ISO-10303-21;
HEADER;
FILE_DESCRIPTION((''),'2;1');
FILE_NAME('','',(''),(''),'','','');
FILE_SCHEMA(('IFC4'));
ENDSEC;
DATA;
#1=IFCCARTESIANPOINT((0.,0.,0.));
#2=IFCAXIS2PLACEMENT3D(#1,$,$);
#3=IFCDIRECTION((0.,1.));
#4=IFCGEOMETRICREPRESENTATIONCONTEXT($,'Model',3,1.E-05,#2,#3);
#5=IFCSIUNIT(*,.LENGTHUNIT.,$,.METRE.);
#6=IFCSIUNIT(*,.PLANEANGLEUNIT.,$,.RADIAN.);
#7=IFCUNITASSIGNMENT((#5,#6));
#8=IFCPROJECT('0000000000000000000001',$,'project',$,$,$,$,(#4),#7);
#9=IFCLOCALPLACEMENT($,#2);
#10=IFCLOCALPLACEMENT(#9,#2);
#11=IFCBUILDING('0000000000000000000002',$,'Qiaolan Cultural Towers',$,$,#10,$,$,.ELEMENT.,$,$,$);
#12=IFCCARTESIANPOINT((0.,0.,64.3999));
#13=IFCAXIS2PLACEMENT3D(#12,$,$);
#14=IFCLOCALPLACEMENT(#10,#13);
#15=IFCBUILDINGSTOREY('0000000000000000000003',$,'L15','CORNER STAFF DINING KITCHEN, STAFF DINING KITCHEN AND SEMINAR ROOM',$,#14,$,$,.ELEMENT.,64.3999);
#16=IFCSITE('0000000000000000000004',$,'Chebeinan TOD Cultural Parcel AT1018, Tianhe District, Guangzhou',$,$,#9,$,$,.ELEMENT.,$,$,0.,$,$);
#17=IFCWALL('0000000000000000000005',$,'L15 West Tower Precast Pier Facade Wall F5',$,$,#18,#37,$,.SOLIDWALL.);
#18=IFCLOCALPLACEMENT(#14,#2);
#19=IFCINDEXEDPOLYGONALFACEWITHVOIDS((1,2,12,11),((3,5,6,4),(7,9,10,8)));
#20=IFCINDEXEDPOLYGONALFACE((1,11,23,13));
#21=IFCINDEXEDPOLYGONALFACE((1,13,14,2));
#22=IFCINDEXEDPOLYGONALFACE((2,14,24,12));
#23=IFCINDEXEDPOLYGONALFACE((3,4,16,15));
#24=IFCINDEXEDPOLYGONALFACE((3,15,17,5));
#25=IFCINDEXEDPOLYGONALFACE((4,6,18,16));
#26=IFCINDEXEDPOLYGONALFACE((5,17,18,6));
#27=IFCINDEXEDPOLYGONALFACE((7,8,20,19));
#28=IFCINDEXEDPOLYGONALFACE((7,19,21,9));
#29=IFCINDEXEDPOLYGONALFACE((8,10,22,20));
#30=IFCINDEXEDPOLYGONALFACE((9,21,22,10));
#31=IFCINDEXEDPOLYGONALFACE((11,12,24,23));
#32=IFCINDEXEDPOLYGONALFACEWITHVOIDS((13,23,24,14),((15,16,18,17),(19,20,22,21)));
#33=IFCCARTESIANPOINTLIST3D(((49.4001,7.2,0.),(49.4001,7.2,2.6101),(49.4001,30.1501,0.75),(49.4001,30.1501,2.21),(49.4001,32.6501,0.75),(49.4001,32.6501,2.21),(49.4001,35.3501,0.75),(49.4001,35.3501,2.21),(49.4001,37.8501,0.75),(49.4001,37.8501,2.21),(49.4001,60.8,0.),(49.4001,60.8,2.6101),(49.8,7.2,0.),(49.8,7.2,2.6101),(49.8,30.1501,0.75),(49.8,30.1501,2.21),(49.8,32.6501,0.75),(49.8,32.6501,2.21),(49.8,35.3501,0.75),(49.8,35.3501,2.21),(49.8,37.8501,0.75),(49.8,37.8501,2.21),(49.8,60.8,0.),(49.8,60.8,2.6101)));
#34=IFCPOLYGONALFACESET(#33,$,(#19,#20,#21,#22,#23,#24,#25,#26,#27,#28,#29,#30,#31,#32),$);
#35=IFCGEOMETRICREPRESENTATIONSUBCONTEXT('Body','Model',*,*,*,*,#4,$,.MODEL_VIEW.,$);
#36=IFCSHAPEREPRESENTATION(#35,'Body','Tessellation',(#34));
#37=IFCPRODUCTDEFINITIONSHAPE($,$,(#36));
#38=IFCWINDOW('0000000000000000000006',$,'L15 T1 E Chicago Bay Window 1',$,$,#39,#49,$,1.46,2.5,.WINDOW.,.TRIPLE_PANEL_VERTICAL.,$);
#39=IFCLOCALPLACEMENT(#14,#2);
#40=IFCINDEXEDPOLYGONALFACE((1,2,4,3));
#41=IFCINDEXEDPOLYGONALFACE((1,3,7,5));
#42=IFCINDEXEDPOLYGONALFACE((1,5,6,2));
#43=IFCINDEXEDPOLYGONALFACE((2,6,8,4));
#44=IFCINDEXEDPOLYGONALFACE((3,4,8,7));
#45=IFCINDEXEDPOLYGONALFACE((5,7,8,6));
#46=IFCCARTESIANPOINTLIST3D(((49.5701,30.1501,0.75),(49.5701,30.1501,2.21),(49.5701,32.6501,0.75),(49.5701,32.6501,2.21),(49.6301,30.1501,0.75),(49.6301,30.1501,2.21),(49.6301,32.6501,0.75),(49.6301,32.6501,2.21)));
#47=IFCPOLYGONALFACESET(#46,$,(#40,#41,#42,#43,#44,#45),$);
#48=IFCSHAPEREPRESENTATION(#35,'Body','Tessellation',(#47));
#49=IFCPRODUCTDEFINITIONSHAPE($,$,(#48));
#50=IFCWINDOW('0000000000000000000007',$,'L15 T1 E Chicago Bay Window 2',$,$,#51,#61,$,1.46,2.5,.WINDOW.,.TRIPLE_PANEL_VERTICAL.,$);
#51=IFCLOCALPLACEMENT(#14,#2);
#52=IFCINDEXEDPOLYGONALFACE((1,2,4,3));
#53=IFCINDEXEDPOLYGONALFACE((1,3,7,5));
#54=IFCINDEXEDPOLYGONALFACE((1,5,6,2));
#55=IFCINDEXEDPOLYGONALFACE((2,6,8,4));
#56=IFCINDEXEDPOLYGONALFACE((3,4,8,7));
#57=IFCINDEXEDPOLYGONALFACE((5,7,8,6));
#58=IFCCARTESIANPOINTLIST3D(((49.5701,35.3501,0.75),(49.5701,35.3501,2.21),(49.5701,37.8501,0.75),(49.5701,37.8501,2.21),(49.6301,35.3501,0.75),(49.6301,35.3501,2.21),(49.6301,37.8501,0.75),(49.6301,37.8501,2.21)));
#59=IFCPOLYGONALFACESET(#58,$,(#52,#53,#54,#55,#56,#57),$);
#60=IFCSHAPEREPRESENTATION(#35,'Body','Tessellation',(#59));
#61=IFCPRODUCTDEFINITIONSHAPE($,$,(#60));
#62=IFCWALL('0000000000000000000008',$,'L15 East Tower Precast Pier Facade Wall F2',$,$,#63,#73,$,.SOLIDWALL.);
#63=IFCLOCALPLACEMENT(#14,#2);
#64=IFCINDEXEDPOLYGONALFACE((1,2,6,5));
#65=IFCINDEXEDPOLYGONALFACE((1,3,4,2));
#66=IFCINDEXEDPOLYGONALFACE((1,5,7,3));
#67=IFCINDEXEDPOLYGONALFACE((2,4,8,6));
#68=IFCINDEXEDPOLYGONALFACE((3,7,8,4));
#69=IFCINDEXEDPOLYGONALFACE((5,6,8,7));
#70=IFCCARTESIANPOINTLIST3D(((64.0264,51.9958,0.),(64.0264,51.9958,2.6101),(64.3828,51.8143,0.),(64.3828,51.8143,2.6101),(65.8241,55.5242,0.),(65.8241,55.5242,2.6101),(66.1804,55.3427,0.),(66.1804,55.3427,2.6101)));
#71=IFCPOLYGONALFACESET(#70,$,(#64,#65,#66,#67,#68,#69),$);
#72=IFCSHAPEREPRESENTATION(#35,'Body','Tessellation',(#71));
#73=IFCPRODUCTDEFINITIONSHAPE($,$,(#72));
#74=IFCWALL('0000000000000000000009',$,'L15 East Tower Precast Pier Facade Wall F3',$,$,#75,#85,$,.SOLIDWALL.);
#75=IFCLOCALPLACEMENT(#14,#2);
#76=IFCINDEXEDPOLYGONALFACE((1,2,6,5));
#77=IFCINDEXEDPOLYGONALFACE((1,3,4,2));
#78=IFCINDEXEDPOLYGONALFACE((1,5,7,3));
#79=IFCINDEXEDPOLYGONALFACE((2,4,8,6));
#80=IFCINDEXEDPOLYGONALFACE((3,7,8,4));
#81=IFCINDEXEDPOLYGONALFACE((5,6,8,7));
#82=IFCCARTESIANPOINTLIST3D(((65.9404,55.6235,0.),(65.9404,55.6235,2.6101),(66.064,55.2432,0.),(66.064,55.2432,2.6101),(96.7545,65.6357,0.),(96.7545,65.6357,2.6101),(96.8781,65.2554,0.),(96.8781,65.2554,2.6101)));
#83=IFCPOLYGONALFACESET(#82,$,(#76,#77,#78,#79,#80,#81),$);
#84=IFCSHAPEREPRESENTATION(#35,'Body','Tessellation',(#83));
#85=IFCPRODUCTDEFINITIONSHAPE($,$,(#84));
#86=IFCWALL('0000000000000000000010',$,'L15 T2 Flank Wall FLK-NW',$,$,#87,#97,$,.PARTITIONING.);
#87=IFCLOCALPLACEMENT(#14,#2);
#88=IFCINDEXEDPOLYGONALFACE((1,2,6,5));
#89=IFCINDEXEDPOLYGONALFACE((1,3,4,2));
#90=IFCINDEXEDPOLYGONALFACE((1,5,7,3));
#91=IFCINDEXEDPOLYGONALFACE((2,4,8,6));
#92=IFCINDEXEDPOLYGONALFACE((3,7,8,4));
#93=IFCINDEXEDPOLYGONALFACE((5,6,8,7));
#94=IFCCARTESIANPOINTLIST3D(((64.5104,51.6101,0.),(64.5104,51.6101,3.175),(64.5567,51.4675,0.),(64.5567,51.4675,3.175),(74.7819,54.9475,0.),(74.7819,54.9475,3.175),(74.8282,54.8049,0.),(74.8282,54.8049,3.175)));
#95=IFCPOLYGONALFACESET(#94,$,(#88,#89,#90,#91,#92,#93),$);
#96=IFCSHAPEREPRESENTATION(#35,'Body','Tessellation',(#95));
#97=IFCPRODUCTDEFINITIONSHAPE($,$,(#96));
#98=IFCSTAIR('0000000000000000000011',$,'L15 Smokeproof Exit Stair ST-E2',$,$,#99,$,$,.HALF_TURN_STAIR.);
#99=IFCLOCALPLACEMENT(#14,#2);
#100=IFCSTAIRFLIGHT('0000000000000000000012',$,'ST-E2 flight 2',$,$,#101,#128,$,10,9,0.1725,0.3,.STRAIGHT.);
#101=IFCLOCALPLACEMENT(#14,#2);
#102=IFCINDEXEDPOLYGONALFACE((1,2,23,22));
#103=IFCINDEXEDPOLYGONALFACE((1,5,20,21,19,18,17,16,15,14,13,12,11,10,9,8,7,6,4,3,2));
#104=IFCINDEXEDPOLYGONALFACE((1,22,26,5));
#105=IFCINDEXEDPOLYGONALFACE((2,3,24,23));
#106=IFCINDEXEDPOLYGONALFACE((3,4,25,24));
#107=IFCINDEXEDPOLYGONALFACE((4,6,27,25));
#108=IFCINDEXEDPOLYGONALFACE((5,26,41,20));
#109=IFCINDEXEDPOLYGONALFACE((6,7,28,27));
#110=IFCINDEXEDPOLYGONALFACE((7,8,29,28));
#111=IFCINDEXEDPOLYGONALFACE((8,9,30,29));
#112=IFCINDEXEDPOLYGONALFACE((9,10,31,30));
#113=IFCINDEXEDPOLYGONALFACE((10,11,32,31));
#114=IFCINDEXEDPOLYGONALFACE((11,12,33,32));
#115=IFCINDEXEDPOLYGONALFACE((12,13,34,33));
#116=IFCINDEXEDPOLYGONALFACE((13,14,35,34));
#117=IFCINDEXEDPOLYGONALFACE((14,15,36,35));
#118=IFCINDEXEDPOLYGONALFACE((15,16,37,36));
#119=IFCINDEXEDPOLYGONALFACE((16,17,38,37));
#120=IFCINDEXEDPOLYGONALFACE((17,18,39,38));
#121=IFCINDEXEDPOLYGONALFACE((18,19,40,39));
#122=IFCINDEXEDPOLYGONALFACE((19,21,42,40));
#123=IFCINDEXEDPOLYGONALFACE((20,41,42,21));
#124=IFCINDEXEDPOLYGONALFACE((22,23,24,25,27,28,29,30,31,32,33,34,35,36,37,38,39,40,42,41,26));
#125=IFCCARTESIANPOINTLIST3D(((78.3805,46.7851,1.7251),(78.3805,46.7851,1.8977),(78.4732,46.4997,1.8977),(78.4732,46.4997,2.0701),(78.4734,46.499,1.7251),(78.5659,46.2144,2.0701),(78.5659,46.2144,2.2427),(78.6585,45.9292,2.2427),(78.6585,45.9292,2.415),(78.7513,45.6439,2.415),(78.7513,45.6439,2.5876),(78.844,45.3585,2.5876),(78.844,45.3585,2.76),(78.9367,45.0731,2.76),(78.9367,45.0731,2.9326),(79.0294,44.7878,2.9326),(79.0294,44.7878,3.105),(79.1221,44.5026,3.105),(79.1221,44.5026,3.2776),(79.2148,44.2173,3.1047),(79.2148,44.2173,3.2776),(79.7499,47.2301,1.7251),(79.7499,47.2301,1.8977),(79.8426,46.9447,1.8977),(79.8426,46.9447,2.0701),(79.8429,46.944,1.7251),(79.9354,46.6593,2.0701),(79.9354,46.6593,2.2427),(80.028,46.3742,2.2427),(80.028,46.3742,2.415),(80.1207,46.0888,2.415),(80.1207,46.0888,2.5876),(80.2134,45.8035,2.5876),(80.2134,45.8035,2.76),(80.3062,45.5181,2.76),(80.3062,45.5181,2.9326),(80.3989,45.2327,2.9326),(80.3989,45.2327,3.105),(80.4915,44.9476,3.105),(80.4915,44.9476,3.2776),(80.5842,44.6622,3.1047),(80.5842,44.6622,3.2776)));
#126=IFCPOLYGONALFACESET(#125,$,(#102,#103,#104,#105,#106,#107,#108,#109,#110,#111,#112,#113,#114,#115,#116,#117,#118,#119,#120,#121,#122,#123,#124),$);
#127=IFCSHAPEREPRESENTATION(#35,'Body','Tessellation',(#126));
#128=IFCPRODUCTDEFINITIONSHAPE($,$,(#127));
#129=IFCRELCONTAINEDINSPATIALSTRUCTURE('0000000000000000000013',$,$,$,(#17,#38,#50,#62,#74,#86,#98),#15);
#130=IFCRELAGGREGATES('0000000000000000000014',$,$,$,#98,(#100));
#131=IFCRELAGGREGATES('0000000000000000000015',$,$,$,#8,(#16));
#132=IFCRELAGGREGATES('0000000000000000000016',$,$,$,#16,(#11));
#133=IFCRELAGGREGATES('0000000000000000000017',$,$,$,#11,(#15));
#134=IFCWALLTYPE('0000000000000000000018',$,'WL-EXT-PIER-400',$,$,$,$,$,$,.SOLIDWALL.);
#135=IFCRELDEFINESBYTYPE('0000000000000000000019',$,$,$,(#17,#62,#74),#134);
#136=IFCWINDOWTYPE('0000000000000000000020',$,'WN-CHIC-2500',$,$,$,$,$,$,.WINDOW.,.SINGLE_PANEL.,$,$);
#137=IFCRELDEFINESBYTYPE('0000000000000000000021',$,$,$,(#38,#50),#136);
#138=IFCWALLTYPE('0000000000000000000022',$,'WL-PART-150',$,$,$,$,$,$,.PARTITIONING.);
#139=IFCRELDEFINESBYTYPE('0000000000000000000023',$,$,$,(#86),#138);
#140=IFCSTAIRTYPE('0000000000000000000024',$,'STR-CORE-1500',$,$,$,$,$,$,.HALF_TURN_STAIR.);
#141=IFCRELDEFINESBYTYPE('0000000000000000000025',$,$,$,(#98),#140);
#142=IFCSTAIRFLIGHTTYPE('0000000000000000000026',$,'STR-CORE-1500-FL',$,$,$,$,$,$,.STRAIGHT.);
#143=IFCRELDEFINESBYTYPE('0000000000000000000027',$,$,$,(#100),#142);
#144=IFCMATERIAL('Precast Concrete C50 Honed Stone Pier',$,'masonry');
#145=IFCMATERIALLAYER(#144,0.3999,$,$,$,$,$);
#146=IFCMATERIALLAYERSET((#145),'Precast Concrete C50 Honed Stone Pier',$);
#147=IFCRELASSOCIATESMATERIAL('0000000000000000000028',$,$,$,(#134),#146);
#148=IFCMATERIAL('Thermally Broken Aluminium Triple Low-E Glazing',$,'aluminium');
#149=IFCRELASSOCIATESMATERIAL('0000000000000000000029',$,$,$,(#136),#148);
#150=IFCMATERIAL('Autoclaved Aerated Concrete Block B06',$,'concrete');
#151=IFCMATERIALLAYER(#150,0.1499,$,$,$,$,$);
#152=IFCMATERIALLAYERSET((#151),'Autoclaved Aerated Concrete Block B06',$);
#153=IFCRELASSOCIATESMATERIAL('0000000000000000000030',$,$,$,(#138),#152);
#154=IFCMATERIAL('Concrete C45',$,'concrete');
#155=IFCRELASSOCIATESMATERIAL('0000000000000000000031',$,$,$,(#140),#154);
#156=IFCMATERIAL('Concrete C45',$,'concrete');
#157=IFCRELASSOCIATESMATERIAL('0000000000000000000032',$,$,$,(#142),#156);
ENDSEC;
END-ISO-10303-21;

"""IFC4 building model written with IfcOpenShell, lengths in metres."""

from ifc_helpers import new_model, si_unit, direction, frame, frame_2d, origin, place, context, subcontext, project, spatial, polyline, rectangle, outline, extrude, material, layer, layer_set, type_object, element, fill, aggregate, save


model = new_model("IFC4")

# Units and contexts
model_context = context("Model", 3, precision=1e-05, world=origin(), true_north=direction((0.0, 1.0)))
body_context = subcontext(model_context, "Body", "Model", "MODEL_VIEW")
ifc_project = project(units=[si_unit("LENGTHUNIT", "METRE"), si_unit("PLANEANGLEUNIT", "RADIAN")], contexts=[model_context])

# Site, building, storey
site_placement = place(None, origin())
site = spatial("IfcSite", under=ifc_project, at=site_placement, Name="Chebeinan TOD Cultural Parcel AT1018, Tianhe District, Guangzhou", CompositionType="ELEMENT", RefElevation=0.0)
building_placement = place(site_placement, origin())
building = spatial("IfcBuilding", under=site, at=building_placement, Name="Qiaolan Cultural Towers", CompositionType="ELEMENT")
storey_placement = place(building_placement, frame((0.0, 0.0, 64.3999)))
storey = spatial("IfcBuildingStorey", under=building, at=storey_placement, Name="L15", Description="CORNER STAFF DINING KITCHEN, STAFF DINING KITCHEN AND SEMINAR ROOM", CompositionType="ELEMENT", Elevation=64.3999)

# Wall, openings, windows
ifc_material_1 = material(Name="Precast Concrete C50 Honed Stone Pier", Category="masonry")
ifc_layer_1 = layer(ifc_material_1, 0.3999)
ifc_layer_set_1 = layer_set([ifc_layer_1], Name="Precast Concrete C50 Honed Stone Pier")
wall_type_1 = type_object("IfcWallType", Name="WL-EXT-PIER-400", PredefinedType="SOLIDWALL", material=ifc_layer_set_1)
wall_1_placement = place(storey_placement, frame((49.6001, 60.8, 0.0), z_axis=(0.0, 0.0, 1.0), x_axis=(0.0, -1.0, 0.0)))
wall_1 = element("IfcWall", 1, at=wall_1_placement, inside=storey, type_object=wall_type_1, Name="L15 West Tower Precast Pier Facade Wall F5", PredefinedType="SOLIDWALL", context=body_context, shape_type="SweptSolid", body=[
    extrude(rectangle(XDim=53.6001, YDim=0.3999, at=frame_2d((26.8, 0.0))), origin(), (0.0, 0.0, 1.0), 2.6101),
])
opening_1_placement = place(wall_1_placement, frame((28.1499, 0.0, 0.75)))
opening_1 = element("IfcOpeningElement", 2, at=opening_1_placement, cuts=wall_1, PredefinedType="OPENING", context=body_context, shape_type="SweptSolid", body=[
    extrude(rectangle(XDim=2.5, YDim=1.46, at=frame_2d((1.25, 0.73))), frame((0.0, 0.21, 0.0), z_axis=(0.0, -1.0, 0.0), x_axis=(1.0, 0.0, 0.0)), (0.0, 0.0, 1.0), 0.4199),
])
opening_2_placement = place(wall_1_placement, frame((22.95, 0.0, 0.75)))
opening_2 = element("IfcOpeningElement", 3, at=opening_2_placement, cuts=wall_1, PredefinedType="OPENING", context=body_context, shape_type="SweptSolid", body=[
    extrude(rectangle(XDim=2.5, YDim=1.46, at=frame_2d((1.25, 0.73))), frame((0.0, 0.21, 0.0), z_axis=(0.0, -1.0, 0.0), x_axis=(1.0, 0.0, 0.0)), (0.0, 0.0, 1.0), 0.4199),
])
ifc_material_2 = material(Name="Thermally Broken Aluminium Triple Low-E Glazing", Category="aluminium")
window_type = type_object("IfcWindowType", Name="WN-CHIC-2500", PartitioningType="SINGLE_PANEL", PredefinedType="WINDOW", material=ifc_material_2)
window_1_placement = place(opening_1_placement, origin())
window_1 = element("IfcWindow", 4, at=window_1_placement, inside=storey, type_object=window_type, Name="L15 T1 E Chicago Bay Window 1", OverallHeight=1.46, OverallWidth=2.5, PartitioningType="TRIPLE_PANEL_VERTICAL", PredefinedType="WINDOW", context=body_context, shape_type="SweptSolid", body=[
    extrude(rectangle(XDim=2.5, YDim=1.46, at=frame_2d((1.25, 0.73))), frame((0.0, 0.03, 0.0), z_axis=(0.0, -1.0, 0.0), x_axis=(1.0, 0.0, 0.0)), (0.0, 0.0, 1.0), 0.0601),
])
fill(opening_1, window_1)
window_2_placement = place(opening_2_placement, origin())
window_2 = element("IfcWindow", 5, at=window_2_placement, inside=storey, type_object=window_type, Name="L15 T1 E Chicago Bay Window 2", OverallHeight=1.46, OverallWidth=2.5, PartitioningType="TRIPLE_PANEL_VERTICAL", PredefinedType="WINDOW", context=body_context, shape_type="SweptSolid", body=[
    extrude(rectangle(XDim=2.5, YDim=1.46, at=frame_2d((1.25, 0.73))), frame((0.0, 0.03, 0.0), z_axis=(0.0, -1.0, 0.0), x_axis=(1.0, 0.0, 0.0)), (0.0, 0.0, 1.0), 0.0601),
])
fill(opening_2, window_2)

# Walls
wall_2_placement = place(storey_placement, frame((64.2046, 51.905, 0.0), z_axis=(0.0, 0.0, 1.0), x_axis=(0.453958, 0.891023, 0.0)))
element("IfcWall", 6, at=wall_2_placement, inside=storey, type_object=wall_type_1, Name="L15 East Tower Precast Pier Facade Wall F2", PredefinedType="SOLIDWALL", context=body_context, shape_type="SweptSolid", body=[
    extrude(rectangle(XDim=3.96, YDim=0.3999, at=frame_2d((1.98, 0.0))), origin(), (0.0, 0.0, 1.0), 2.6101),
])
wall_3_placement = place(storey_placement, frame((66.0022, 55.4333, 0.0), z_axis=(0.0, 0.0, 1.0), x_axis=(0.951056, 0.309019, 0.0)))
element("IfcWall", 7, at=wall_3_placement, inside=storey, type_object=wall_type_1, Name="L15 East Tower Precast Pier Facade Wall F3", PredefinedType="SOLIDWALL", context=body_context, shape_type="SweptSolid", body=[
    extrude(rectangle(XDim=32.3999, YDim=0.3999, at=frame_2d((16.2, 0.0))), origin(), (0.0, 0.0, 1.0), 2.6101),
])
ifc_material_3 = material(Name="Autoclaved Aerated Concrete Block B06", Category="concrete")
ifc_layer_2 = layer(ifc_material_3, 0.1499)
ifc_layer_set_2 = layer_set([ifc_layer_2], Name="Autoclaved Aerated Concrete Block B06")
wall_type_2 = type_object("IfcWallType", Name="WL-PART-150", PredefinedType="PARTITIONING", material=ifc_layer_set_2)
wall_4_placement = place(storey_placement, frame((64.5337, 51.5388, 0.0), z_axis=(0.0, 0.0, 1.0), x_axis=(0.951057, 0.309017, 0.0)))
element("IfcWall", 8, at=wall_4_placement, inside=storey, type_object=wall_type_2, Name="L15 T2 Flank Wall FLK-NW", PredefinedType="PARTITIONING", context=body_context, shape_type="SweptSolid", body=[
    extrude(rectangle(XDim=10.8, YDim=0.1499, at=frame_2d((5.3999, 0.0))), origin(), (0.0, 0.0, 1.0), 3.175),
])

# Stair, stair flight
ifc_material_4 = material(Name="Concrete C45", Category="concrete")
stair_type = type_object("IfcStairType", Name="STR-CORE-1500", PredefinedType="HALF_TURN_STAIR", material=ifc_material_4)
stair_placement = place(storey_placement, origin())
stair = element("IfcStair", 9, at=stair_placement, inside=storey, type_object=stair_type, Name="L15 Smokeproof Exit Stair ST-E2", PredefinedType="HALF_TURN_STAIR")
ifc_material_5 = material(Name="Concrete C45", Category="concrete")
stair_flight_type = type_object("IfcStairFlightType", Name="STR-CORE-1500-FL", PredefinedType="STRAIGHT", material=ifc_material_5)
stair_flight_placement = place(storey_placement, frame((79.0652, 47.0076, 1.7251), z_axis=(0.0, 0.0, 1.0), x_axis=(0.309017, -0.951057, 0.0)))
stair_flight = element("IfcStairFlight", 10, at=stair_flight_placement, type_object=stair_flight_type, Name="ST-E2 flight 2", NumberOfRisers=10, NumberOfTreads=9, PredefinedType="STRAIGHT", RiserHeight=0.1725, TreadLength=0.3, context=body_context, shape_type="SweptSolid", body=[
    extrude(outline(polyline([(0.0, 0.0), (0.0, 0.1726), (0.3, 0.1726), (0.3, 0.345), (0.6001, 0.345), (0.6001, 0.5176), (0.8999, 0.5176), (0.8999, 0.6899), (1.2, 0.6899), (1.2, 0.8625), (1.5, 0.8625), (1.5, 1.0349), (1.8, 1.0349), (1.8, 1.2075), (2.1001, 1.2075), (2.1001, 1.3799), (2.3999, 1.3799), (2.3999, 1.5525), (2.7, 1.5525), (2.7, 1.7251), (2.7, 1.3796), (0.3008, 0.0), (0.0, 0.0)])), frame((0.0, 0.72, 0.0), z_axis=(0.0, -1.0, 0.0), x_axis=(1.0, 0.0, 0.0)), (0.0, 0.0, 1.0), 1.4399),
])
aggregate(stair, [stair_flight])

save(model, "model.ifc")
